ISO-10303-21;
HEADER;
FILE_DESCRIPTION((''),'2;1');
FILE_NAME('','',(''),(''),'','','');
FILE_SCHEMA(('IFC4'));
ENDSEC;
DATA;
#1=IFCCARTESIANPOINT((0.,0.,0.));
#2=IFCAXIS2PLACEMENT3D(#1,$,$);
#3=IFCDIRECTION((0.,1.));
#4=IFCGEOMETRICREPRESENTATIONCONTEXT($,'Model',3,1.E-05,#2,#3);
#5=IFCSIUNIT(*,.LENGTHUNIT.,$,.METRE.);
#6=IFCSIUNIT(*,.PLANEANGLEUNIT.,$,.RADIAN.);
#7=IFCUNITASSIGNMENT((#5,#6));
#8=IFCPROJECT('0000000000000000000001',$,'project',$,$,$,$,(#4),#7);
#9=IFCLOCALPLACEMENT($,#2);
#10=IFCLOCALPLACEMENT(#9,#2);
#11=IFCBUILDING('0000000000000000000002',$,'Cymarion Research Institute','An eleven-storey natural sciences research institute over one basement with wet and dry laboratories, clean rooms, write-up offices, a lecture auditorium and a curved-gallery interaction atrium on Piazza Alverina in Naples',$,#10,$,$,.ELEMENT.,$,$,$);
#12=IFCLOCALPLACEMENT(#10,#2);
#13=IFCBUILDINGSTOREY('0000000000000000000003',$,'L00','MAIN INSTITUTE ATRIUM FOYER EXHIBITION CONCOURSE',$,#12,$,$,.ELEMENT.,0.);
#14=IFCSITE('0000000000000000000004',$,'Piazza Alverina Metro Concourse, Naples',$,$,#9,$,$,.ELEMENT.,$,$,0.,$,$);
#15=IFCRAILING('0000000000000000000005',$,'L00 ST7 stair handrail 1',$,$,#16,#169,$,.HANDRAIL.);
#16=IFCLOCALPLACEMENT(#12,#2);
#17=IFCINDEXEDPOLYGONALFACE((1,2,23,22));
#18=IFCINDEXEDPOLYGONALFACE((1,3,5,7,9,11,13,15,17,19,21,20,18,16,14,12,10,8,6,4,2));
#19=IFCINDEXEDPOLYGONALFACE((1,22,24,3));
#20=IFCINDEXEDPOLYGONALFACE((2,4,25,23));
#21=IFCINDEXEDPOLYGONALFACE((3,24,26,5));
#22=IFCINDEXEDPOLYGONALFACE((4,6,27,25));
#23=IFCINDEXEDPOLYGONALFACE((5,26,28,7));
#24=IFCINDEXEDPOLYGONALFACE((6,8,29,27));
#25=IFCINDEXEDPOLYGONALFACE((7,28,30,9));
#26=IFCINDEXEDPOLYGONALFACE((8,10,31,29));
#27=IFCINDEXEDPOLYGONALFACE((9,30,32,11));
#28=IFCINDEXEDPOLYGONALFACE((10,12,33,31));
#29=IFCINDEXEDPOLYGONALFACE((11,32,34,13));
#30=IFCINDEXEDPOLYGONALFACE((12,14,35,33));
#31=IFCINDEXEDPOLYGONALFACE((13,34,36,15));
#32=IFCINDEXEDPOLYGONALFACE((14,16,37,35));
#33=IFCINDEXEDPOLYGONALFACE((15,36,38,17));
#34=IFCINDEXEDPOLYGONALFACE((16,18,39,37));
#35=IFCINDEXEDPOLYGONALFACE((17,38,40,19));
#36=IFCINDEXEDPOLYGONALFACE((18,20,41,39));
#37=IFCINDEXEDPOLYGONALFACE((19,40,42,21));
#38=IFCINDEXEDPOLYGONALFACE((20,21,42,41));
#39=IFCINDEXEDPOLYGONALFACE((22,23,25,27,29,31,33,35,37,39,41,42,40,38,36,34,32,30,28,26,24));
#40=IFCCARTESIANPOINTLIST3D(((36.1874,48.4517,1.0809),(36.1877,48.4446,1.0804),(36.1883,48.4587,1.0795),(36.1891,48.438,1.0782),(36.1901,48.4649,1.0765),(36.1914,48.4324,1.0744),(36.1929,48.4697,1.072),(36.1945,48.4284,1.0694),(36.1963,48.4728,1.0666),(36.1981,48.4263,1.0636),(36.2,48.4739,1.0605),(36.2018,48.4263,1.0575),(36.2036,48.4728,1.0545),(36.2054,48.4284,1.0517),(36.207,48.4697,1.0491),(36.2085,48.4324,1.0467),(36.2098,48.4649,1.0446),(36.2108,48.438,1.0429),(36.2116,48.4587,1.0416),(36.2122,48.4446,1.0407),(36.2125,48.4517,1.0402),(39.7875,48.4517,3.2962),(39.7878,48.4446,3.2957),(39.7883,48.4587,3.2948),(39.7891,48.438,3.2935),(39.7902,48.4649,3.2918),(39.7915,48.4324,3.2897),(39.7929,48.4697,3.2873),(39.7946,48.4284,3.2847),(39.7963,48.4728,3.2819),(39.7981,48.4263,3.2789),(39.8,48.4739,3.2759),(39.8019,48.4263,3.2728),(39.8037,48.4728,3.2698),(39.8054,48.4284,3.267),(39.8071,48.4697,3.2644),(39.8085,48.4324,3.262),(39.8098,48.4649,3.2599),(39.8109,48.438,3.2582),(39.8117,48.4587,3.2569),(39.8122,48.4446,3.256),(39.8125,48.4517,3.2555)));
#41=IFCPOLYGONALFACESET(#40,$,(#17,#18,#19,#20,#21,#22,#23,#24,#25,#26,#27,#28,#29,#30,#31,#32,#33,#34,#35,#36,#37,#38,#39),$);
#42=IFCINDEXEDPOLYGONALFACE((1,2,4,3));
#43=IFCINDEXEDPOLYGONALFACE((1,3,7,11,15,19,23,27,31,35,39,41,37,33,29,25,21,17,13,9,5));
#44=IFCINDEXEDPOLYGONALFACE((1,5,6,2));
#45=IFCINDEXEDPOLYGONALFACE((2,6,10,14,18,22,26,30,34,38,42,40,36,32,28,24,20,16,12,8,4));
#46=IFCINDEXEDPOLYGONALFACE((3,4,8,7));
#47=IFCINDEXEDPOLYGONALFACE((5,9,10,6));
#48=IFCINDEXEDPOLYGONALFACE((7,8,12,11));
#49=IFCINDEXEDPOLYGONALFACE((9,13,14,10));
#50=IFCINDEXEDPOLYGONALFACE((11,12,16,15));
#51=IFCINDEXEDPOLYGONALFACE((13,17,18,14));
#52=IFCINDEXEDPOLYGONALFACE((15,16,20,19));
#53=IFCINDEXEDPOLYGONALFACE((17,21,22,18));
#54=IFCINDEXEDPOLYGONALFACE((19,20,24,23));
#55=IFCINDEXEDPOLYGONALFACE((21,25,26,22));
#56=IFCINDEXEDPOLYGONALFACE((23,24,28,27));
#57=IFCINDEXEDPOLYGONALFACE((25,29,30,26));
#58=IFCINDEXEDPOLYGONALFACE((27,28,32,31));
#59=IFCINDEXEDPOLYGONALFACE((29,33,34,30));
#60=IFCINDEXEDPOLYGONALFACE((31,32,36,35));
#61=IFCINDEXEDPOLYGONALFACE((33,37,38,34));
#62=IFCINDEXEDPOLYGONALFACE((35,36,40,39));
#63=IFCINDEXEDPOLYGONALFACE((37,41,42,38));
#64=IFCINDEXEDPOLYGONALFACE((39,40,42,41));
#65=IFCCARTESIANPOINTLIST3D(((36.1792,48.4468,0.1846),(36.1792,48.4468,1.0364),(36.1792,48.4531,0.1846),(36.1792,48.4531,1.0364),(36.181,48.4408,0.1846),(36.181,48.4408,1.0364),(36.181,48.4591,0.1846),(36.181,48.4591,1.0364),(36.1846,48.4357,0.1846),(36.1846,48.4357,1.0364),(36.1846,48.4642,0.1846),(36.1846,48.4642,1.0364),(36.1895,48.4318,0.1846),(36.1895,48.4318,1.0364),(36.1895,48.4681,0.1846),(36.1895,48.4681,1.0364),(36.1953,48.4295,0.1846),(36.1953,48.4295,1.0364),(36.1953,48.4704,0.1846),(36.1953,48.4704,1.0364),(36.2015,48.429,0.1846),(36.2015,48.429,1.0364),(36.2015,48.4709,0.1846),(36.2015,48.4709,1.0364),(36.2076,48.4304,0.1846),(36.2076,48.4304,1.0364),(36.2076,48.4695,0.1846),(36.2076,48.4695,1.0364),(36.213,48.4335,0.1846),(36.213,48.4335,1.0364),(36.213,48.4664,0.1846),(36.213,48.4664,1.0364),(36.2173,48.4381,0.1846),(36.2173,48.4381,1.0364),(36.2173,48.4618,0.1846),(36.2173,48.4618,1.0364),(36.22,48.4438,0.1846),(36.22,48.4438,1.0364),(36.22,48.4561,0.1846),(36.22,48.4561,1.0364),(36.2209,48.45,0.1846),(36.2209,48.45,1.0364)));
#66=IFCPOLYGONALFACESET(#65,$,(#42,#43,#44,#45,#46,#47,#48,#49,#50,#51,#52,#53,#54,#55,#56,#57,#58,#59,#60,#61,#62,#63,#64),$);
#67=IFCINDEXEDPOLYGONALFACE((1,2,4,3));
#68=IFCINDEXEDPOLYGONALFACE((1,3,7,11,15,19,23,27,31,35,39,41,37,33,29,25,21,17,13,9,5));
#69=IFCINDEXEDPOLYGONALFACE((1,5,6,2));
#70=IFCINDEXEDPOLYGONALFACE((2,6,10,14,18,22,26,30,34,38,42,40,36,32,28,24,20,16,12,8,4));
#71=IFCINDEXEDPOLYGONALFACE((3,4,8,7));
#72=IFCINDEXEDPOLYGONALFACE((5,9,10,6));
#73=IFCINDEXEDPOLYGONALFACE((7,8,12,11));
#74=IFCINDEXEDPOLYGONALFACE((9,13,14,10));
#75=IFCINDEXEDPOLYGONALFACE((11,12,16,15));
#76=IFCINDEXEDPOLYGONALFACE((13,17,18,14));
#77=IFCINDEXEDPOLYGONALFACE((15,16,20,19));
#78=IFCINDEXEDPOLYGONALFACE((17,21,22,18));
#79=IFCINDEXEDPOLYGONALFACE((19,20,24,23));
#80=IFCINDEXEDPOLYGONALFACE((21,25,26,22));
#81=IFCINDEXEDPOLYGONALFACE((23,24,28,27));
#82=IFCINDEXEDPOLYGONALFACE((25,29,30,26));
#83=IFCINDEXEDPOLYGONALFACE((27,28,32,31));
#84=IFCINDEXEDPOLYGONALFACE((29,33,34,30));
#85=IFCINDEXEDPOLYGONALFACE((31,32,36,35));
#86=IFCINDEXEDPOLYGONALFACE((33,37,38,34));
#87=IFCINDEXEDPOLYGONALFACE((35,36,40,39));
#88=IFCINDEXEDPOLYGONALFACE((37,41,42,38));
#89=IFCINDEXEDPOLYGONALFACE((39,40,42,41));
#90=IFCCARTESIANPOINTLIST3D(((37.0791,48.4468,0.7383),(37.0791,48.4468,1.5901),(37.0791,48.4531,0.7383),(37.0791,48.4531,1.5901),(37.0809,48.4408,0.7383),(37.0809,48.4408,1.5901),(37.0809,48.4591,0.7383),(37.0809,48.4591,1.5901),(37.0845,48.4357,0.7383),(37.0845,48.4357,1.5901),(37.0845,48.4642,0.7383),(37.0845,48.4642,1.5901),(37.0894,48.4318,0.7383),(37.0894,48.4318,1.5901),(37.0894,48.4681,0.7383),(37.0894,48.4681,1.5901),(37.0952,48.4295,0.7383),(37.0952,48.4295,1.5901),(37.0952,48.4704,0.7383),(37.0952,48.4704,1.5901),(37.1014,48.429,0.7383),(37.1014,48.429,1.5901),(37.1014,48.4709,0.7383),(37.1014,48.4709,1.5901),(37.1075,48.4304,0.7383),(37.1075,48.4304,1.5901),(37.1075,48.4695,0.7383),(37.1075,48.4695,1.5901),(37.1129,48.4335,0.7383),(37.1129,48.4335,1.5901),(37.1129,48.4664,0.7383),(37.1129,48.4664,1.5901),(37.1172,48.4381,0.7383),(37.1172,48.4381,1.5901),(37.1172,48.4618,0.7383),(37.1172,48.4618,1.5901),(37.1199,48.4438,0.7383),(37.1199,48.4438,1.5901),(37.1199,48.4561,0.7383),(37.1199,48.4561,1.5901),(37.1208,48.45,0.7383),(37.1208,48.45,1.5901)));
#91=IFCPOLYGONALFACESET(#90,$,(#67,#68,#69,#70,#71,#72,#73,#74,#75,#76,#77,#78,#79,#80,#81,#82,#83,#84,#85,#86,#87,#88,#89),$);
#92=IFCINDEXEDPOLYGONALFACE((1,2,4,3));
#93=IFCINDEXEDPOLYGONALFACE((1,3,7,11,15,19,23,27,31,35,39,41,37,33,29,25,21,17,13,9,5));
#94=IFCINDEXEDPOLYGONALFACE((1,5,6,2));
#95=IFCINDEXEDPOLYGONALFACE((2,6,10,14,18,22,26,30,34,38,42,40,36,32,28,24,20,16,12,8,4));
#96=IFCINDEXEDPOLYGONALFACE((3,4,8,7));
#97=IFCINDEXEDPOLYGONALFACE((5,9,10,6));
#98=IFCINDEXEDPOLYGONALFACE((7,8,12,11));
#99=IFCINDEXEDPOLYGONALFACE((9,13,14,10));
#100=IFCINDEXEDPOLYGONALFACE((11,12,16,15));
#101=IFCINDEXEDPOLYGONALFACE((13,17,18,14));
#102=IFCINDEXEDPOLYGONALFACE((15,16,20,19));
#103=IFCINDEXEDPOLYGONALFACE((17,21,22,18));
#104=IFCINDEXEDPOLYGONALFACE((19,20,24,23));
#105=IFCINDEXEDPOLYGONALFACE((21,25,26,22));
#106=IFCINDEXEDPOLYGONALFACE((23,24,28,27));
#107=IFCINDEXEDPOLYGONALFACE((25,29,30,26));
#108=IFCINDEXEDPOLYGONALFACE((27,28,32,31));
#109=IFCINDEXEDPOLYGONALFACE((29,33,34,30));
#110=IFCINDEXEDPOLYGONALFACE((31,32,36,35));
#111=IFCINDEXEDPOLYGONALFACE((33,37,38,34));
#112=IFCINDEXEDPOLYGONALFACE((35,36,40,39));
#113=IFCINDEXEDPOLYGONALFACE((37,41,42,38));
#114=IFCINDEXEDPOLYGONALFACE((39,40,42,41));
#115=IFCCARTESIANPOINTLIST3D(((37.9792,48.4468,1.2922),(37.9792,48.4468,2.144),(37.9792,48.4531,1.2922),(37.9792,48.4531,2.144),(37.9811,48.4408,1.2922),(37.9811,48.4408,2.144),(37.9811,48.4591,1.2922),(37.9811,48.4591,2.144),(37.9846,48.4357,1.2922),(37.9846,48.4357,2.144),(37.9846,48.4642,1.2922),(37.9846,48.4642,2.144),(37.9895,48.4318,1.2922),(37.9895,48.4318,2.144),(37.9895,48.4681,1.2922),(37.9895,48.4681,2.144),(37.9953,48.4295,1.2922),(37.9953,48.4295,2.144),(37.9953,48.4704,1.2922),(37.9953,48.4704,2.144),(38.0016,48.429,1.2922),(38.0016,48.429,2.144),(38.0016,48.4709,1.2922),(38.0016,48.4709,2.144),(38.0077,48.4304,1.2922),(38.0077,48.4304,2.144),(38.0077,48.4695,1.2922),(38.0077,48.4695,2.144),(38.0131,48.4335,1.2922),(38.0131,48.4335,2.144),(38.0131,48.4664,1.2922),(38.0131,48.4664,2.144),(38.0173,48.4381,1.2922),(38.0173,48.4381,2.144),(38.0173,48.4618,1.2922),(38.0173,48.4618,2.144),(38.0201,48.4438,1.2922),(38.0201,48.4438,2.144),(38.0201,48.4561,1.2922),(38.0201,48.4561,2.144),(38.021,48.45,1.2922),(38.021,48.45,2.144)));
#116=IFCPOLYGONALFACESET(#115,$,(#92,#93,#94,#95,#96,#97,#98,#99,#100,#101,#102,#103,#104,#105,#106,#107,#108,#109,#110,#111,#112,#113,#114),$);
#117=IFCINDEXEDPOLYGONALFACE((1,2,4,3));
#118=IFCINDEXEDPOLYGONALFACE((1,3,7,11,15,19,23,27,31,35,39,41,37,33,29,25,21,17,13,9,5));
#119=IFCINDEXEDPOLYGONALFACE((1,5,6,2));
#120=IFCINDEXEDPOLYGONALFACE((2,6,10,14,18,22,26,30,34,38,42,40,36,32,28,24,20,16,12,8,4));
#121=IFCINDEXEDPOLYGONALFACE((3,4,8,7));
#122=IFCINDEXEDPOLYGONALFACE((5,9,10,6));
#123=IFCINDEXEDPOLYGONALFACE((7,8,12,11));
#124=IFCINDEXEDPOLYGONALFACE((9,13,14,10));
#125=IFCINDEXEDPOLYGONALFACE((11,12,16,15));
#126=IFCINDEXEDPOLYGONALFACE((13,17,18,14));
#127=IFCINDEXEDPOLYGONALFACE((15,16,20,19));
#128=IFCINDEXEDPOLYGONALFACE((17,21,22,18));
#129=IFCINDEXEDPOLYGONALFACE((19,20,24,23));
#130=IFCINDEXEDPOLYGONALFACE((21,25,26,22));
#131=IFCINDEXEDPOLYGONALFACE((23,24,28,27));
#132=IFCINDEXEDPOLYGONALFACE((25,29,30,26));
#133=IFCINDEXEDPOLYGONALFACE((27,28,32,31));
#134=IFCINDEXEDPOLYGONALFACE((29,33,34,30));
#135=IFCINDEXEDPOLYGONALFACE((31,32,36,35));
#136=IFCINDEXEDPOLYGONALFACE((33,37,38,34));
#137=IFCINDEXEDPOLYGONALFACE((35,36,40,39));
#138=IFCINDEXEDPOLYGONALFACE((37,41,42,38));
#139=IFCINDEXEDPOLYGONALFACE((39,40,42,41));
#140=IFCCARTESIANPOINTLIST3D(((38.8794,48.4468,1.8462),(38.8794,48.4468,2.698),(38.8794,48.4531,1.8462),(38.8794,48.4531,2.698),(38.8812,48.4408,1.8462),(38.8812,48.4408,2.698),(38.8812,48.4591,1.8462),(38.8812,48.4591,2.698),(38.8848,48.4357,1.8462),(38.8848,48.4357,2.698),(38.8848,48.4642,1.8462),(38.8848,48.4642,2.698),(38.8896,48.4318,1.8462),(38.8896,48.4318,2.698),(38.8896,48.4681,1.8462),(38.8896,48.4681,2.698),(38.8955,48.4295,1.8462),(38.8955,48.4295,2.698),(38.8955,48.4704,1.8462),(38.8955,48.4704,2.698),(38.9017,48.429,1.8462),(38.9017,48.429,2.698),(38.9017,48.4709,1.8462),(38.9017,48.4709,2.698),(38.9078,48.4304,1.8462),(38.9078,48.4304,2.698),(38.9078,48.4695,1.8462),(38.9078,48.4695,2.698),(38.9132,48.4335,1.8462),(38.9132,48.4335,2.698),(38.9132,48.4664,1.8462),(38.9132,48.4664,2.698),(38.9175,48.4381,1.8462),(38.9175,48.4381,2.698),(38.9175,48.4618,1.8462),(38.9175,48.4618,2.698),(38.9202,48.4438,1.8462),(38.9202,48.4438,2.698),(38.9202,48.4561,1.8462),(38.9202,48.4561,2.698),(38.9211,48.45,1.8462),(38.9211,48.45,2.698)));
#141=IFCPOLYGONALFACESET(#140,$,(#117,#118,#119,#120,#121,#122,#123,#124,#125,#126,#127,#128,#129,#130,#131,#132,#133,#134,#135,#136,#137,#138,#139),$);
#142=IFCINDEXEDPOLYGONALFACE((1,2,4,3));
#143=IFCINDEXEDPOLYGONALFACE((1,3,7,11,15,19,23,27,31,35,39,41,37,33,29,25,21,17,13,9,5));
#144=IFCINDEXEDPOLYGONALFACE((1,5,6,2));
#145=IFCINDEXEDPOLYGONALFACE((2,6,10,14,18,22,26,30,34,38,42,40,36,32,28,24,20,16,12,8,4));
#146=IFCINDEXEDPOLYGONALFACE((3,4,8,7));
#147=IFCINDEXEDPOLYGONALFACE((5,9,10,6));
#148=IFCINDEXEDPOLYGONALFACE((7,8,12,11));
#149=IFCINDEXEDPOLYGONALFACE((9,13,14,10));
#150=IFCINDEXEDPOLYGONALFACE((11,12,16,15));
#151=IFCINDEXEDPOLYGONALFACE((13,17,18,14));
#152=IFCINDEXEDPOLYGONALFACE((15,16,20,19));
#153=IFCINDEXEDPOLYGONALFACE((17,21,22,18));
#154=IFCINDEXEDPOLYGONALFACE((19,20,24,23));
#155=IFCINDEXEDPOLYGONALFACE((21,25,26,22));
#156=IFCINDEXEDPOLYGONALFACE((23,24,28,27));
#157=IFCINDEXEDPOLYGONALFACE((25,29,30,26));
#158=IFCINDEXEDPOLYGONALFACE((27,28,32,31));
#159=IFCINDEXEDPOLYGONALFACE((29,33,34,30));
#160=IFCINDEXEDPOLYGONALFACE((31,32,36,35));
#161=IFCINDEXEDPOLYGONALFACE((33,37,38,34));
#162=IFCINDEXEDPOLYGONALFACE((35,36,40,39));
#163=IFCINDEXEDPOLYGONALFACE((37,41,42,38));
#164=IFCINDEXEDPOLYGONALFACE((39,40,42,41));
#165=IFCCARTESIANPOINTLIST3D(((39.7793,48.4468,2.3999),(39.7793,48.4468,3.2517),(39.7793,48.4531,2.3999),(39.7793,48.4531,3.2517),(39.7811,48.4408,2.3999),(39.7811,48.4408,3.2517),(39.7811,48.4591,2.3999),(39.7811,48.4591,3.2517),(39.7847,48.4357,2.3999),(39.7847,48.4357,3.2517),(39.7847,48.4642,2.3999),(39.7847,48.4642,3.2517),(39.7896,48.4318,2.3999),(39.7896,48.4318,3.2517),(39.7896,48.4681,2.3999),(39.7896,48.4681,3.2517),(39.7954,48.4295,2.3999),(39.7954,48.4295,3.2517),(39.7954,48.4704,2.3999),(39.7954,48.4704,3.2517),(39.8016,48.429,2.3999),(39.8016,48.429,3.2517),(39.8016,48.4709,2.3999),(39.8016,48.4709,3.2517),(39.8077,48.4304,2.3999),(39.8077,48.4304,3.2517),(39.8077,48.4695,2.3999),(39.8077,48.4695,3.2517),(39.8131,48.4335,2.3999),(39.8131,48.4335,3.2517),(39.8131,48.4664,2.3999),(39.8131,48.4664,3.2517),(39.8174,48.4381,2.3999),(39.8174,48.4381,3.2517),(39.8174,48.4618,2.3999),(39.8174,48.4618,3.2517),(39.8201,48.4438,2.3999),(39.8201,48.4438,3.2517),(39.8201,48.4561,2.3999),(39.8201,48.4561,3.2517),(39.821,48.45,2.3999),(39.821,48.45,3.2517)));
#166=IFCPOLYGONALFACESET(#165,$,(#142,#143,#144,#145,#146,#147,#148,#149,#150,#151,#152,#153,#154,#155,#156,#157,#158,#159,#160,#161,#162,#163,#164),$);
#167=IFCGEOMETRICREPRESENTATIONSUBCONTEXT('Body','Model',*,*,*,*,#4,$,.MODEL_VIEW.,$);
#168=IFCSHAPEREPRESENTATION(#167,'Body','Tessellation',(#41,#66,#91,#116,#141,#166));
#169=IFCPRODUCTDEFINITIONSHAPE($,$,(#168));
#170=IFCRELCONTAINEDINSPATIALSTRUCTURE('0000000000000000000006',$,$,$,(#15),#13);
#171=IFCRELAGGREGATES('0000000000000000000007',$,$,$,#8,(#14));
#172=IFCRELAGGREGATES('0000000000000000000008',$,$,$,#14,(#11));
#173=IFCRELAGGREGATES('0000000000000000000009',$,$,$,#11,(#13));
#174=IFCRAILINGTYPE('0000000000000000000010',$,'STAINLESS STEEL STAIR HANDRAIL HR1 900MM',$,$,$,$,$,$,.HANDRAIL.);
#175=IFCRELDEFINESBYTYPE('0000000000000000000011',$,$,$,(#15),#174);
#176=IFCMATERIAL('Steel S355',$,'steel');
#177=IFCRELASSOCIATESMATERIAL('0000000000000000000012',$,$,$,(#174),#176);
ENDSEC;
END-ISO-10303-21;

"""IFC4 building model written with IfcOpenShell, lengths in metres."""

from ifc_helpers import new_model, si_unit, direction, frame, origin, origin_2d, place, context, subcontext, project, spatial, circle, extrude, material, type_object, element, save


model = new_model("IFC4")

# Units and contexts
model_context = context("Model", 3, precision=1e-05, world=origin(), true_north=direction((0.0, 1.0)))
body_context = subcontext(model_context, "Body", "Model", "MODEL_VIEW")
ifc_project = project(units=[si_unit("LENGTHUNIT", "METRE"), si_unit("PLANEANGLEUNIT", "RADIAN")], contexts=[model_context])

# Site, building, storey
site_placement = place(None, origin())
site = spatial("IfcSite", under=ifc_project, at=site_placement, Name="Piazza Alverina Metro Concourse, Naples", CompositionType="ELEMENT", RefElevation=0.0)
building_placement = place(site_placement, origin())
building = spatial("IfcBuilding", under=site, at=building_placement, Name="Cymarion Research Institute", Description="An eleven-storey natural sciences research institute over one basement with wet and dry laboratories, clean rooms, write-up offices, a lecture auditorium and a curved-gallery interaction atrium on Piazza Alverina in Naples", CompositionType="ELEMENT")
storey_placement = place(building_placement, origin())
storey = spatial("IfcBuildingStorey", under=building, at=storey_placement, Name="L00", Description="MAIN INSTITUTE ATRIUM FOYER EXHIBITION CONCOURSE", CompositionType="ELEMENT", Elevation=0.0)

# Shared definitions
ifc_material_1 = material(Name="Steel S355", Category="steel")

# Railing
railing_type_1 = type_object("IfcRailingType", Name="STAINLESS STEEL STAIR HANDRAIL HR1 900MM", PredefinedType="HANDRAIL", material=ifc_material_1)
railing_1_placement = place(storey_placement, frame((36.2, 48.45, 0.1846)))
element("IfcRailing", 1, at=railing_1_placement, inside=storey, type_object=railing_type_1, Name="L00 ST7 stair handrail 1", PredefinedType="HANDRAIL", context=body_context, shape_type="SweptSolid", body=[
    extrude(circle(Radius=0.0239, at=origin_2d()), frame((0.0, 0.0, 0.876), z_axis=(0.85167, 0.0, 0.524078), x_axis=(0.0, 1.0, 0.0)), (0.0, 0.0, 1.0), 4.2271),
    extrude(circle(Radius=0.021, at=origin_2d()), origin(), (0.0, 0.0, 1.0), 0.8518),
    extrude(circle(Radius=0.021, at=origin_2d()), frame((0.8999, 0.0, 0.5537)), (0.0, 0.0, 1.0), 0.8518),
    extrude(circle(Radius=0.021, at=origin_2d()), frame((1.8, 0.0, 1.1077)), (0.0, 0.0, 1.0), 0.8518),
    extrude(circle(Radius=0.021, at=origin_2d()), frame((2.7002, 0.0, 1.6616)), (0.0, 0.0, 1.0), 0.8518),
    extrude(circle(Radius=0.021, at=origin_2d()), frame((3.6001, 0.0, 2.2153)), (0.0, 0.0, 1.0), 0.8518),
])

save(model, "model.ifc")
